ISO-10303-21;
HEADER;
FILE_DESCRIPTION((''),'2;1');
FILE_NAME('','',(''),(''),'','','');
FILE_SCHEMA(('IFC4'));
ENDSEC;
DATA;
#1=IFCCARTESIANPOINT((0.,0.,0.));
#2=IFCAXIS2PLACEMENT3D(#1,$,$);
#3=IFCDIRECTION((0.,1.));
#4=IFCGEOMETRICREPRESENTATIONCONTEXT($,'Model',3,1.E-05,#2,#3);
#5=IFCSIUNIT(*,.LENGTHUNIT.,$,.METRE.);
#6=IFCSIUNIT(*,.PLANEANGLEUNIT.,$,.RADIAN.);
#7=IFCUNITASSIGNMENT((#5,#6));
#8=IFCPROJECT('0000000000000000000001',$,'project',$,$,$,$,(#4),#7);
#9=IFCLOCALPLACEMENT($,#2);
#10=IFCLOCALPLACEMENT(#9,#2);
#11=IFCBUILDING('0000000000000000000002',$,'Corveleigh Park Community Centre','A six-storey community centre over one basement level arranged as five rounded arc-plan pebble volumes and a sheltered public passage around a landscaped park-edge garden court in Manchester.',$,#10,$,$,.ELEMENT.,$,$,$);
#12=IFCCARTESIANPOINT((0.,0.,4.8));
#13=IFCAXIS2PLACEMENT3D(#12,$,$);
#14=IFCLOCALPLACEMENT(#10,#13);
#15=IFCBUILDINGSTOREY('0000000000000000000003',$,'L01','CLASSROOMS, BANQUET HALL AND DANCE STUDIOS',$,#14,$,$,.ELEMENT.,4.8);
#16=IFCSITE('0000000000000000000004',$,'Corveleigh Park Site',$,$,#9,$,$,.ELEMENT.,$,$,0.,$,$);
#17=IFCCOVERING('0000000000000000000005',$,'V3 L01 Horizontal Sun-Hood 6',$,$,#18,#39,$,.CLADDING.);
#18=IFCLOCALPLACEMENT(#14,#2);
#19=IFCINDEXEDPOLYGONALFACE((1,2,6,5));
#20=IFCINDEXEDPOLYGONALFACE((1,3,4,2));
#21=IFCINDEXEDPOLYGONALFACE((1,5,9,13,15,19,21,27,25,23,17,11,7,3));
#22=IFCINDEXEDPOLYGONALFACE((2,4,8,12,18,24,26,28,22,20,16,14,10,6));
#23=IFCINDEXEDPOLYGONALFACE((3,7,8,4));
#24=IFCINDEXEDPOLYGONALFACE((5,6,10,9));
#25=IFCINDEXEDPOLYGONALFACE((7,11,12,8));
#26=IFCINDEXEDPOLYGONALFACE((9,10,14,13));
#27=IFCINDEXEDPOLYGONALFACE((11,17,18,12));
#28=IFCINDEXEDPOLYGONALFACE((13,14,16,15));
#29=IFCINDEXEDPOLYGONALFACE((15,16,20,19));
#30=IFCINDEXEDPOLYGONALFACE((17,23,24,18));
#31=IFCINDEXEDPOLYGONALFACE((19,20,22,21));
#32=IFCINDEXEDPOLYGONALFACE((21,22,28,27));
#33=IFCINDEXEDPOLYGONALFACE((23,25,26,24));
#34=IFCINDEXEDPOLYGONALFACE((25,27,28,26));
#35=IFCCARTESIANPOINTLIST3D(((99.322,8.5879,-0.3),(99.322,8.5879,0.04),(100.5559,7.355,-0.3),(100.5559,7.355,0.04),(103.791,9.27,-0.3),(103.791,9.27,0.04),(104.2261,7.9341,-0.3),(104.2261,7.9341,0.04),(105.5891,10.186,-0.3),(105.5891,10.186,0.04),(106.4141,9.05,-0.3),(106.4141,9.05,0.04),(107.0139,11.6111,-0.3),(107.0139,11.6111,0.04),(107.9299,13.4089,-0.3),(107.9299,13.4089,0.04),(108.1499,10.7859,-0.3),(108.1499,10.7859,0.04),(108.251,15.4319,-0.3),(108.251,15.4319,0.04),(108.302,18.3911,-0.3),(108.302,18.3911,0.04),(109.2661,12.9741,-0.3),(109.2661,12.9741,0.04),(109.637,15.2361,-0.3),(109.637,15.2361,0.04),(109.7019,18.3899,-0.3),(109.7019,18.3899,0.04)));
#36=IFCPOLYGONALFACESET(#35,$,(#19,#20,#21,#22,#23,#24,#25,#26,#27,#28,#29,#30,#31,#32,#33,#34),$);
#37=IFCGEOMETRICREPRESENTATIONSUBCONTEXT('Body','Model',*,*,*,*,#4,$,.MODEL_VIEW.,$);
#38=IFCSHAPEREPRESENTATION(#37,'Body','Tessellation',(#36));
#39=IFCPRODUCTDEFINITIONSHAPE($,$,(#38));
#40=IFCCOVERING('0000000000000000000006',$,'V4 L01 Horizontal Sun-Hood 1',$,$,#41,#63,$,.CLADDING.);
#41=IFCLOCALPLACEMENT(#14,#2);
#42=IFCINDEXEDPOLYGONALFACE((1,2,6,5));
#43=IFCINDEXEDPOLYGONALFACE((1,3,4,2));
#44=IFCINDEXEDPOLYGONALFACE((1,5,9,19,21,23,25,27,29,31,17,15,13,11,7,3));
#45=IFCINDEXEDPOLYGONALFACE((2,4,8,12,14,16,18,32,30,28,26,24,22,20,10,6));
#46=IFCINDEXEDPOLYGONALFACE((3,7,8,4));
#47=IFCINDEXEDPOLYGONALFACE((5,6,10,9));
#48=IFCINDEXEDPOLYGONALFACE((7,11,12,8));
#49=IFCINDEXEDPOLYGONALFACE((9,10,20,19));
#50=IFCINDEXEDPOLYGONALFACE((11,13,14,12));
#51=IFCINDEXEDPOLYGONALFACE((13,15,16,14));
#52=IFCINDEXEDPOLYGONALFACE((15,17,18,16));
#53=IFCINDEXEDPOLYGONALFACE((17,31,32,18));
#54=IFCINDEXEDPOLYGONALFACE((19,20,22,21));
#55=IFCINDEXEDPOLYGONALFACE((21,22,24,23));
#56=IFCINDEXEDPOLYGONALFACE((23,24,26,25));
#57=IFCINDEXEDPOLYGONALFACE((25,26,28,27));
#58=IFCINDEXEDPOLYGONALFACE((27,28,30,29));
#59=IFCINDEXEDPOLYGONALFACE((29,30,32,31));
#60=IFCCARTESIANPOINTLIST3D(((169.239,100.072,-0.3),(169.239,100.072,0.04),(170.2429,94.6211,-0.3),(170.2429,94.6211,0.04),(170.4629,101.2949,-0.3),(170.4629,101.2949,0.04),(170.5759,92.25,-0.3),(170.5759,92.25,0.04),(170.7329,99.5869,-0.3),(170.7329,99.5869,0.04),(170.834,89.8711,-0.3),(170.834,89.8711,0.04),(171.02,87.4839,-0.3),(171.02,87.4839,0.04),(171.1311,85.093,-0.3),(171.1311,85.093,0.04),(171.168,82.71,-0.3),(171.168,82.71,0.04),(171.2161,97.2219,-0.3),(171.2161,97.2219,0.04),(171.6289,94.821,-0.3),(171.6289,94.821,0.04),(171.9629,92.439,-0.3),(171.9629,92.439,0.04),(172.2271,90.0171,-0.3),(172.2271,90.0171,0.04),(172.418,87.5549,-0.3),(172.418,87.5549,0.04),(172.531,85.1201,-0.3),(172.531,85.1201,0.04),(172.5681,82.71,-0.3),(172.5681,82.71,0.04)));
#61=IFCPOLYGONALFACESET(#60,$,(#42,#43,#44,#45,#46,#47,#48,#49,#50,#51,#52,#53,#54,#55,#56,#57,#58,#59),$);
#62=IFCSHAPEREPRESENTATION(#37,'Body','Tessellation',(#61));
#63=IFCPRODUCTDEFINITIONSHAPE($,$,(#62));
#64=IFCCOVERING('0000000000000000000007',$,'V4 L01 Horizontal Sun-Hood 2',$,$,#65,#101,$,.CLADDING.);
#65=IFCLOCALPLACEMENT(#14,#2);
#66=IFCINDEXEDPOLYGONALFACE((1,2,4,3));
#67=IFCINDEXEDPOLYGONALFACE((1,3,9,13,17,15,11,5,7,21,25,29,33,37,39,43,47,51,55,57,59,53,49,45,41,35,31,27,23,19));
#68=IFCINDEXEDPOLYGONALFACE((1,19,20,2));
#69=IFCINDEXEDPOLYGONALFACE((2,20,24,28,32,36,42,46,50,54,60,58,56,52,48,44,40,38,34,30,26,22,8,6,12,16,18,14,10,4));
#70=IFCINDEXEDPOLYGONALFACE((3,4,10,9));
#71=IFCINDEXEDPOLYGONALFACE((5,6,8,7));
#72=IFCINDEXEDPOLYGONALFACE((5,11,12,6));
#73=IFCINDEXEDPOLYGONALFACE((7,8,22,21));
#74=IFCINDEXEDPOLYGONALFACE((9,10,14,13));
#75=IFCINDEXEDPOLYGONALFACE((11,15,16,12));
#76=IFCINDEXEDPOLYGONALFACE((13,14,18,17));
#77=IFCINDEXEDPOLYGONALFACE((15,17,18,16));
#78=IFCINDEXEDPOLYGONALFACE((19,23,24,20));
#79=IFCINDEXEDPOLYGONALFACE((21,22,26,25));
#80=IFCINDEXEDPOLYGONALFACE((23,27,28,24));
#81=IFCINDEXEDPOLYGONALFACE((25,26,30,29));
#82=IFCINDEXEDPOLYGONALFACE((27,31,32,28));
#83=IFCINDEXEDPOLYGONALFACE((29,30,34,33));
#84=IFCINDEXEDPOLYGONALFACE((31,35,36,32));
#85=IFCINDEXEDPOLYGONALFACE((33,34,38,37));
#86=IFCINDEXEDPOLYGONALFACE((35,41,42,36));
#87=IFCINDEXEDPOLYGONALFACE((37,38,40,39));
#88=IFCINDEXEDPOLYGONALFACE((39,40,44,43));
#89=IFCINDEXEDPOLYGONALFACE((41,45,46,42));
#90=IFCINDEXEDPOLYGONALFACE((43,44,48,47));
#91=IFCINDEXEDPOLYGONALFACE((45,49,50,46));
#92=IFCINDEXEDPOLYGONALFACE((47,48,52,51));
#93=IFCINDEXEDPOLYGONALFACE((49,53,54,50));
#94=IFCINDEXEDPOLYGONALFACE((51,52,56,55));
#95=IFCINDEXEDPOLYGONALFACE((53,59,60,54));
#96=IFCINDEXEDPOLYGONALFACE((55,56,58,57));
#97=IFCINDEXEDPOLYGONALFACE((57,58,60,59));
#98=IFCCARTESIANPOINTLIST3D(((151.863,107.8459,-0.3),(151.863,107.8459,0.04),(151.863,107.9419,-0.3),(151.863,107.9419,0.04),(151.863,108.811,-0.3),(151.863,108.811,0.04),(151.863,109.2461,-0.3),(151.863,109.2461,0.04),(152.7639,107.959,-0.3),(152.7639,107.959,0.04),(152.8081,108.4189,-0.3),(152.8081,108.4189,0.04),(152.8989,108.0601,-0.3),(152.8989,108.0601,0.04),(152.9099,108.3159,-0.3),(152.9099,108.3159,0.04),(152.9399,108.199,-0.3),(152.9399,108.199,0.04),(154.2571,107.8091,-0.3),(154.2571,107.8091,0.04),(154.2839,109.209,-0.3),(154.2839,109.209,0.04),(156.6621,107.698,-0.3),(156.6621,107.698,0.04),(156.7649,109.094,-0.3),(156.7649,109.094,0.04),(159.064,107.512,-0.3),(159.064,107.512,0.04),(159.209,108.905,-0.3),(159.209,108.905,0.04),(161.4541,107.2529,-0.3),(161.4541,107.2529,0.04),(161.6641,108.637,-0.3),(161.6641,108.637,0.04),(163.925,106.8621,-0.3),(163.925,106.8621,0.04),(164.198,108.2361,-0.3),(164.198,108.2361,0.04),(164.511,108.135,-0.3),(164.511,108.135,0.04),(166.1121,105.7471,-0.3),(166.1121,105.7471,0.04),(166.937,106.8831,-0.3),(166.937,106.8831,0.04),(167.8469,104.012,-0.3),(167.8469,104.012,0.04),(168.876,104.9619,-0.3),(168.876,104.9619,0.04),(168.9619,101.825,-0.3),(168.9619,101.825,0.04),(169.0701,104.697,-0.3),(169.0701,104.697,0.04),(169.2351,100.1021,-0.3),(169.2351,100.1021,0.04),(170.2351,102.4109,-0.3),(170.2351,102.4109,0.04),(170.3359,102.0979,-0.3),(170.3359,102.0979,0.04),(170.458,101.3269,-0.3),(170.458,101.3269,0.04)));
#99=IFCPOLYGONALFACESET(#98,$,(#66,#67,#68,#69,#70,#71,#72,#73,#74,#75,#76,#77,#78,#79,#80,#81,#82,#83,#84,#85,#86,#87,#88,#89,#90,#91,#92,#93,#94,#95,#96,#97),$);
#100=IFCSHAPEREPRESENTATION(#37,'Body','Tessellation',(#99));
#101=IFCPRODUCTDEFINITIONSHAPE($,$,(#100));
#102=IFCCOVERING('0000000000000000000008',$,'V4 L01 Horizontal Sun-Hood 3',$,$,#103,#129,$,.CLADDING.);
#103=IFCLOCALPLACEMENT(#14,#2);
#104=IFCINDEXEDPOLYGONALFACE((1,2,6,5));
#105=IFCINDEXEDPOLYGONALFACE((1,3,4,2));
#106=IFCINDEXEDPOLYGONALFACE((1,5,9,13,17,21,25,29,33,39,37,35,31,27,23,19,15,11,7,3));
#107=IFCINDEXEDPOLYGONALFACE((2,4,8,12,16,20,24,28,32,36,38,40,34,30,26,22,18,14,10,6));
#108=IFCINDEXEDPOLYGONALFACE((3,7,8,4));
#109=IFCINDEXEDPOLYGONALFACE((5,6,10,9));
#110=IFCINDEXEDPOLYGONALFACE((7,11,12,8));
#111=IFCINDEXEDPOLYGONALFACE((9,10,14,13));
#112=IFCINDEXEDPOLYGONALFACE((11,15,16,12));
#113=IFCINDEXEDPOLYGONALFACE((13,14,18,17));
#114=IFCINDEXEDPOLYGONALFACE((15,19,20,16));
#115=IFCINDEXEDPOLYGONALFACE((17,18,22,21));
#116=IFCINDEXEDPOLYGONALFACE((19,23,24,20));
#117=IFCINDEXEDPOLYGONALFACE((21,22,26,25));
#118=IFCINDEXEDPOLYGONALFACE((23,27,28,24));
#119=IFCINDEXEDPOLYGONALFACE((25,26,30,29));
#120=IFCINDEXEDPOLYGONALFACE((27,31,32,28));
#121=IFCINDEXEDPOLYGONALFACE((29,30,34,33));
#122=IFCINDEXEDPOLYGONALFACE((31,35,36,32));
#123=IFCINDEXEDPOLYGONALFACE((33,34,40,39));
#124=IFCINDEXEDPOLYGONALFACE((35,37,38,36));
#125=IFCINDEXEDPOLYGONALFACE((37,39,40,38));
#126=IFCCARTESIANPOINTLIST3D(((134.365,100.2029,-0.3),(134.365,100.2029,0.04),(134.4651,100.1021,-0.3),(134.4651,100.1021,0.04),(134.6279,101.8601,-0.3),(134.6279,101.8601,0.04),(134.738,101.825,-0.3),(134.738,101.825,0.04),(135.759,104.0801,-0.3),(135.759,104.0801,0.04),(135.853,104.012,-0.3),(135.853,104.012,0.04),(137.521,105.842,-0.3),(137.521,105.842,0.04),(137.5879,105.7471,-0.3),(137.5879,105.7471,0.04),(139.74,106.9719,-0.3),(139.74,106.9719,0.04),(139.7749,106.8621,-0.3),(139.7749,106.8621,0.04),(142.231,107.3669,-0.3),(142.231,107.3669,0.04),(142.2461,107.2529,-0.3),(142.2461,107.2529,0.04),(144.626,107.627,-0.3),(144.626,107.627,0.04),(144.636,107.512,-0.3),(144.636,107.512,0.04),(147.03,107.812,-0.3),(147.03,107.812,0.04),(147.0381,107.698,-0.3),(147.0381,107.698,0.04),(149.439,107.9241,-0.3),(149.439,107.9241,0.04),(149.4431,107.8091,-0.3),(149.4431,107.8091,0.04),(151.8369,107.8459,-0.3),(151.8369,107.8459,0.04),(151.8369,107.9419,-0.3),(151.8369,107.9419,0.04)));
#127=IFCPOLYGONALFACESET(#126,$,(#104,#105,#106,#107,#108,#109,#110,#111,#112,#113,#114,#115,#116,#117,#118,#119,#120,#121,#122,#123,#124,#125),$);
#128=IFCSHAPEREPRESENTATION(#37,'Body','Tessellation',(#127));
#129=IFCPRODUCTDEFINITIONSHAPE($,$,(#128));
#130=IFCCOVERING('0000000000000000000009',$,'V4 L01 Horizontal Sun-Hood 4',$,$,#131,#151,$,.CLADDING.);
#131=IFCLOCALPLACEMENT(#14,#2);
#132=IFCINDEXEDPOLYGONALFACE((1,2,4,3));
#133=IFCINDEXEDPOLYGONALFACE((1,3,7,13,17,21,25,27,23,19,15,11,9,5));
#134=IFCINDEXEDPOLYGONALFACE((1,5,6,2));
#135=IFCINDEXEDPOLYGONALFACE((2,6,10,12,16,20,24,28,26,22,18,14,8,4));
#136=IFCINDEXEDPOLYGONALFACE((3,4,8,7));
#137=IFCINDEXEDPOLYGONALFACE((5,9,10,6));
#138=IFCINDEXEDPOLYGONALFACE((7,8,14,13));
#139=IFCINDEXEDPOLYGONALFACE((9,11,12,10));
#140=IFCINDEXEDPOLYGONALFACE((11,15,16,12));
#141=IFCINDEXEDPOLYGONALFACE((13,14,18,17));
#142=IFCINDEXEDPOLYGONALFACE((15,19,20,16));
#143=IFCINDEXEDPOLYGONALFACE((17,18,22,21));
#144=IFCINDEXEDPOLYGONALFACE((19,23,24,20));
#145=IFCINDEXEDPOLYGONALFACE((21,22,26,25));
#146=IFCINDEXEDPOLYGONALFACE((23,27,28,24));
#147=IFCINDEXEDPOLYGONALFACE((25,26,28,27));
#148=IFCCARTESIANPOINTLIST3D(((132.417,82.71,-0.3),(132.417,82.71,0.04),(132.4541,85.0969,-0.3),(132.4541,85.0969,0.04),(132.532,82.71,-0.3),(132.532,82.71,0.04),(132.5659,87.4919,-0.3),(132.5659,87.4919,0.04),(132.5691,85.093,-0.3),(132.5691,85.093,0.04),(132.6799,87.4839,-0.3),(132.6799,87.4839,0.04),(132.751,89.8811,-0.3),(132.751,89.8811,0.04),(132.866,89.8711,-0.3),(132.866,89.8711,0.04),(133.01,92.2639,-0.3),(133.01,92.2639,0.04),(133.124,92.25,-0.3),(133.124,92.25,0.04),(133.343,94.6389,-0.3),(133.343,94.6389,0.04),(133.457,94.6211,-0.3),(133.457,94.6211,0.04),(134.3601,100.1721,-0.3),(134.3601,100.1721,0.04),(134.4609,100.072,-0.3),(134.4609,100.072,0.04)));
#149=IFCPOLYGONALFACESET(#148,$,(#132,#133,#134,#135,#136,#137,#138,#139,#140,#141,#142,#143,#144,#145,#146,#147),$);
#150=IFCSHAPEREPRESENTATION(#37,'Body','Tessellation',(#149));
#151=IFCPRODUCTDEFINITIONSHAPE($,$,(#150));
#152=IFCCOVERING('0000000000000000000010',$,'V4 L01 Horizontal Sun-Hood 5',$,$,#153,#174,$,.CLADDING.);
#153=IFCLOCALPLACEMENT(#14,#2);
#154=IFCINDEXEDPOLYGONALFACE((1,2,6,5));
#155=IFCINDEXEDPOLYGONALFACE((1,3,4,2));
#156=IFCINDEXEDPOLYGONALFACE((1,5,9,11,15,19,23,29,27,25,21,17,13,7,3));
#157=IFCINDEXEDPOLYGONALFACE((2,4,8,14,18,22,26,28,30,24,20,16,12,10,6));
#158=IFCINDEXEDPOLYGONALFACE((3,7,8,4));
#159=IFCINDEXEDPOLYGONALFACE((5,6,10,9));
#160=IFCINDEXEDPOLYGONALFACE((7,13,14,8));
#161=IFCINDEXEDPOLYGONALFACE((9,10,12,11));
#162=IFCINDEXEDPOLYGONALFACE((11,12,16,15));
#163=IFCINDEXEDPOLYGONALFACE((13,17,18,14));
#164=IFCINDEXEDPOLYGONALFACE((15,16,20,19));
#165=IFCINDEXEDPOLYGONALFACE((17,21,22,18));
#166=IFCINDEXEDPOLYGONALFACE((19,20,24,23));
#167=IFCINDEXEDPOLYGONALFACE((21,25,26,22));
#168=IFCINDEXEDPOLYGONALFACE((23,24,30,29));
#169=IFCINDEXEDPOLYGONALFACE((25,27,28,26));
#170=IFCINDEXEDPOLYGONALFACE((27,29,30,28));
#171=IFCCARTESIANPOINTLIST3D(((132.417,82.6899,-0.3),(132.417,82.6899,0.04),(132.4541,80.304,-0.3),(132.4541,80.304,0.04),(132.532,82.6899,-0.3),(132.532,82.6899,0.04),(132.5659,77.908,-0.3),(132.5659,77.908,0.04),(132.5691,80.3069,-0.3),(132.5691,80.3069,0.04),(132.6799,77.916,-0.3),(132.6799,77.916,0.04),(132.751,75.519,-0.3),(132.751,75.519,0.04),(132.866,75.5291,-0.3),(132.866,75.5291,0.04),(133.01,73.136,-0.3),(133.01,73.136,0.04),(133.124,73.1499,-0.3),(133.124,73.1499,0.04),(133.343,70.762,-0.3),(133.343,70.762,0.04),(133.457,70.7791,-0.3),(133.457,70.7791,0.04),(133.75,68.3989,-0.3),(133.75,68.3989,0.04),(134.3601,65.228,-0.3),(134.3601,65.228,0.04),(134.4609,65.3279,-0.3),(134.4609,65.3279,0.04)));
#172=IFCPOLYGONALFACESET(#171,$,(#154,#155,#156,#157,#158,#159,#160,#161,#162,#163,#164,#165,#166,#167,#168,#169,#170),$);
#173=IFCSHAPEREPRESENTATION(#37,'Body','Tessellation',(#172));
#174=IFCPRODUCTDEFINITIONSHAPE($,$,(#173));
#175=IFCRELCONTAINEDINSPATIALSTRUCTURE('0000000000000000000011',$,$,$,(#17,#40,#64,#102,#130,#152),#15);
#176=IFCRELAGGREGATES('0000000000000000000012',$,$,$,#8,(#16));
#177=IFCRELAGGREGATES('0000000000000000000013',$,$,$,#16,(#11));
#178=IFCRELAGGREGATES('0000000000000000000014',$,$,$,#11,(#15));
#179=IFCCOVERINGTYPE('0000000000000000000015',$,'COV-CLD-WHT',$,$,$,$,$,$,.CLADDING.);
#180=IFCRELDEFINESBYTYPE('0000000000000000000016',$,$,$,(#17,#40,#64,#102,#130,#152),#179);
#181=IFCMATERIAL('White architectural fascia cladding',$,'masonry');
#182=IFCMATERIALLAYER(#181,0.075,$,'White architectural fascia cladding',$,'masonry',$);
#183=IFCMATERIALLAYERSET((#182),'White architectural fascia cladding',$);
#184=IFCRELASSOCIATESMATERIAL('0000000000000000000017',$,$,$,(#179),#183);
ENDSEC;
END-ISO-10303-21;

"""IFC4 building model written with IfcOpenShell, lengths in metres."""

from ifc_helpers import new_model, si_unit, direction, frame, origin, place, context, subcontext, project, spatial, polyline, outline, extrude, material, layer, layer_set, type_object, element, save


model = new_model("IFC4")

# Units and contexts
model_context = context("Model", 3, precision=1e-05, world=origin(), true_north=direction((0.0, 1.0)))
body_context = subcontext(model_context, "Body", "Model", "MODEL_VIEW")
ifc_project = project(units=[si_unit("LENGTHUNIT", "METRE"), si_unit("PLANEANGLEUNIT", "RADIAN")], contexts=[model_context])

# Site, building, storey
site_placement = place(None, origin())
site = spatial("IfcSite", under=ifc_project, at=site_placement, Name="Corveleigh Park Site", CompositionType="ELEMENT", RefElevation=0.0)
building_placement = place(site_placement, origin())
building = spatial("IfcBuilding", under=site, at=building_placement, Name="Corveleigh Park Community Centre", Description="A six-storey community centre over one basement level arranged as five rounded arc-plan pebble volumes and a sheltered public passage around a landscaped park-edge garden court in Manchester.", CompositionType="ELEMENT")
storey_placement = place(building_placement, frame((0.0, 0.0, 4.8)))
storey = spatial("IfcBuildingStorey", under=building, at=storey_placement, Name="L01", Description="CLASSROOMS, BANQUET HALL AND DANCE STUDIOS", CompositionType="ELEMENT", Elevation=4.8)

# Coverings
ifc_material_1 = material(Name="White architectural fascia cladding", Category="masonry")
ifc_layer_1 = layer(ifc_material_1, 0.075, Name="White architectural fascia cladding", Category="masonry")
ifc_layer_set_1 = layer_set([ifc_layer_1], Name="White architectural fascia cladding")
covering_type_1 = type_object("IfcCoveringType", Name="COV-CLD-WHT", PredefinedType="CLADDING", material=ifc_layer_set_1)
covering_1_placement = place(storey_placement, frame((0.0, 0.0, -0.3)))
element("IfcCovering", 1, at=covering_1_placement, inside=storey, type_object=covering_type_1, Name="V3 L01 Horizontal Sun-Hood 6", PredefinedType="CLADDING", context=body_context, shape_type="SweptSolid", body=[
    extrude(outline(polyline([(109.7019, 18.3899), (109.637, 15.2361), (109.2661, 12.9741), (108.1499, 10.7859), (106.4141, 9.05), (104.2261, 7.9341), (100.5559, 7.355), (99.322, 8.5879), (103.791, 9.27), (105.5891, 10.186), (107.0139, 11.6111), (107.9299, 13.4089), (108.251, 15.4319), (108.302, 18.3911), (109.7019, 18.3899)])), origin(), (0.0, 0.0, 1.0), 0.3401),
])
covering_2_placement = place(storey_placement, frame((0.0, 0.0, -0.3)))
element("IfcCovering", 2, at=covering_2_placement, inside=storey, type_object=covering_type_1, Name="V4 L01 Horizontal Sun-Hood 1", PredefinedType="CLADDING", context=body_context, shape_type="SweptSolid", body=[
    extrude(outline(polyline([(170.7329, 99.5869), (171.2161, 97.2219), (171.6289, 94.821), (171.9629, 92.439), (172.2271, 90.0171), (172.418, 87.5549), (172.531, 85.1201), (172.5681, 82.71), (171.168, 82.71), (171.1311, 85.093), (171.02, 87.4839), (170.834, 89.8711), (170.5759, 92.25), (170.2429, 94.6211), (169.239, 100.072), (170.4629, 101.2949), (170.7329, 99.5869)])), origin(), (0.0, 0.0, 1.0), 0.3401),
])
covering_3_placement = place(storey_placement, frame((0.0, 0.0, -0.3)))
element("IfcCovering", 3, at=covering_3_placement, inside=storey, type_object=covering_type_1, Name="V4 L01 Horizontal Sun-Hood 2", PredefinedType="CLADDING", context=body_context, shape_type="SweptSolid", body=[
    extrude(outline(polyline([(154.2839, 109.209), (156.7649, 109.094), (159.209, 108.905), (161.6641, 108.637), (164.198, 108.2361), (164.511, 108.135), (166.937, 106.8831), (168.876, 104.9619), (169.0701, 104.697), (170.2351, 102.4109), (170.3359, 102.0979), (170.458, 101.3269), (169.2351, 100.1021), (168.9619, 101.825), (167.8469, 104.012), (166.1121, 105.7471), (163.925, 106.8621), (161.4541, 107.2529), (159.064, 107.512), (156.6621, 107.698), (154.2571, 107.8091), (151.863, 107.8459), (151.863, 107.9419), (152.7639, 107.959), (152.8989, 108.0601), (152.9399, 108.199), (152.9099, 108.3159), (152.8081, 108.4189), (151.863, 108.811), (151.863, 109.2461), (154.2839, 109.209)])), origin(), (0.0, 0.0, 1.0), 0.3401),
])
covering_4_placement = place(storey_placement, frame((0.0, 0.0, -0.3)))
element("IfcCovering", 4, at=covering_4_placement, inside=storey, type_object=covering_type_1, Name="V4 L01 Horizontal Sun-Hood 3", PredefinedType="CLADDING", context=body_context, shape_type="SweptSolid", body=[
    extrude(outline(polyline([(134.6279, 101.8601), (135.759, 104.0801), (137.521, 105.842), (139.74, 106.9719), (142.231, 107.3669), (144.626, 107.627), (147.03, 107.812), (149.439, 107.9241), (151.8369, 107.9419), (151.8369, 107.8459), (149.4431, 107.8091), (147.0381, 107.698), (144.636, 107.512), (142.2461, 107.2529), (139.7749, 106.8621), (137.5879, 105.7471), (135.853, 104.012), (134.738, 101.825), (134.4651, 100.1021), (134.365, 100.2029), (134.6279, 101.8601)])), origin(), (0.0, 0.0, 1.0), 0.3401),
])
covering_5_placement = place(storey_placement, frame((0.0, 0.0, -0.3)))
element("IfcCovering", 5, at=covering_5_placement, inside=storey, type_object=covering_type_1, Name="V4 L01 Horizontal Sun-Hood 4", PredefinedType="CLADDING", context=body_context, shape_type="SweptSolid", body=[
    extrude(outline(polyline([(132.4541, 85.0969), (132.5659, 87.4919), (132.751, 89.8811), (133.01, 92.2639), (133.343, 94.6389), (134.3601, 100.1721), (134.4609, 100.072), (133.457, 94.6211), (133.124, 92.25), (132.866, 89.8711), (132.6799, 87.4839), (132.5691, 85.093), (132.532, 82.71), (132.417, 82.71), (132.4541, 85.0969)])), origin(), (0.0, 0.0, 1.0), 0.3401),
])
covering_6_placement = place(storey_placement, frame((0.0, 0.0, -0.3)))
element("IfcCovering", 6, at=covering_6_placement, inside=storey, type_object=covering_type_1, Name="V4 L01 Horizontal Sun-Hood 5", PredefinedType="CLADDING", context=body_context, shape_type="SweptSolid", body=[
    extrude(outline(polyline([(134.3601, 65.228), (133.75, 68.3989), (133.343, 70.762), (133.01, 73.136), (132.751, 75.519), (132.5659, 77.908), (132.4541, 80.304), (132.417, 82.6899), (132.532, 82.6899), (132.5691, 80.3069), (132.6799, 77.916), (132.866, 75.5291), (133.124, 73.1499), (133.457, 70.7791), (134.4609, 65.3279), (134.3601, 65.228)])), origin(), (0.0, 0.0, 1.0), 0.3401),
])

save(model, "model.ifc")
